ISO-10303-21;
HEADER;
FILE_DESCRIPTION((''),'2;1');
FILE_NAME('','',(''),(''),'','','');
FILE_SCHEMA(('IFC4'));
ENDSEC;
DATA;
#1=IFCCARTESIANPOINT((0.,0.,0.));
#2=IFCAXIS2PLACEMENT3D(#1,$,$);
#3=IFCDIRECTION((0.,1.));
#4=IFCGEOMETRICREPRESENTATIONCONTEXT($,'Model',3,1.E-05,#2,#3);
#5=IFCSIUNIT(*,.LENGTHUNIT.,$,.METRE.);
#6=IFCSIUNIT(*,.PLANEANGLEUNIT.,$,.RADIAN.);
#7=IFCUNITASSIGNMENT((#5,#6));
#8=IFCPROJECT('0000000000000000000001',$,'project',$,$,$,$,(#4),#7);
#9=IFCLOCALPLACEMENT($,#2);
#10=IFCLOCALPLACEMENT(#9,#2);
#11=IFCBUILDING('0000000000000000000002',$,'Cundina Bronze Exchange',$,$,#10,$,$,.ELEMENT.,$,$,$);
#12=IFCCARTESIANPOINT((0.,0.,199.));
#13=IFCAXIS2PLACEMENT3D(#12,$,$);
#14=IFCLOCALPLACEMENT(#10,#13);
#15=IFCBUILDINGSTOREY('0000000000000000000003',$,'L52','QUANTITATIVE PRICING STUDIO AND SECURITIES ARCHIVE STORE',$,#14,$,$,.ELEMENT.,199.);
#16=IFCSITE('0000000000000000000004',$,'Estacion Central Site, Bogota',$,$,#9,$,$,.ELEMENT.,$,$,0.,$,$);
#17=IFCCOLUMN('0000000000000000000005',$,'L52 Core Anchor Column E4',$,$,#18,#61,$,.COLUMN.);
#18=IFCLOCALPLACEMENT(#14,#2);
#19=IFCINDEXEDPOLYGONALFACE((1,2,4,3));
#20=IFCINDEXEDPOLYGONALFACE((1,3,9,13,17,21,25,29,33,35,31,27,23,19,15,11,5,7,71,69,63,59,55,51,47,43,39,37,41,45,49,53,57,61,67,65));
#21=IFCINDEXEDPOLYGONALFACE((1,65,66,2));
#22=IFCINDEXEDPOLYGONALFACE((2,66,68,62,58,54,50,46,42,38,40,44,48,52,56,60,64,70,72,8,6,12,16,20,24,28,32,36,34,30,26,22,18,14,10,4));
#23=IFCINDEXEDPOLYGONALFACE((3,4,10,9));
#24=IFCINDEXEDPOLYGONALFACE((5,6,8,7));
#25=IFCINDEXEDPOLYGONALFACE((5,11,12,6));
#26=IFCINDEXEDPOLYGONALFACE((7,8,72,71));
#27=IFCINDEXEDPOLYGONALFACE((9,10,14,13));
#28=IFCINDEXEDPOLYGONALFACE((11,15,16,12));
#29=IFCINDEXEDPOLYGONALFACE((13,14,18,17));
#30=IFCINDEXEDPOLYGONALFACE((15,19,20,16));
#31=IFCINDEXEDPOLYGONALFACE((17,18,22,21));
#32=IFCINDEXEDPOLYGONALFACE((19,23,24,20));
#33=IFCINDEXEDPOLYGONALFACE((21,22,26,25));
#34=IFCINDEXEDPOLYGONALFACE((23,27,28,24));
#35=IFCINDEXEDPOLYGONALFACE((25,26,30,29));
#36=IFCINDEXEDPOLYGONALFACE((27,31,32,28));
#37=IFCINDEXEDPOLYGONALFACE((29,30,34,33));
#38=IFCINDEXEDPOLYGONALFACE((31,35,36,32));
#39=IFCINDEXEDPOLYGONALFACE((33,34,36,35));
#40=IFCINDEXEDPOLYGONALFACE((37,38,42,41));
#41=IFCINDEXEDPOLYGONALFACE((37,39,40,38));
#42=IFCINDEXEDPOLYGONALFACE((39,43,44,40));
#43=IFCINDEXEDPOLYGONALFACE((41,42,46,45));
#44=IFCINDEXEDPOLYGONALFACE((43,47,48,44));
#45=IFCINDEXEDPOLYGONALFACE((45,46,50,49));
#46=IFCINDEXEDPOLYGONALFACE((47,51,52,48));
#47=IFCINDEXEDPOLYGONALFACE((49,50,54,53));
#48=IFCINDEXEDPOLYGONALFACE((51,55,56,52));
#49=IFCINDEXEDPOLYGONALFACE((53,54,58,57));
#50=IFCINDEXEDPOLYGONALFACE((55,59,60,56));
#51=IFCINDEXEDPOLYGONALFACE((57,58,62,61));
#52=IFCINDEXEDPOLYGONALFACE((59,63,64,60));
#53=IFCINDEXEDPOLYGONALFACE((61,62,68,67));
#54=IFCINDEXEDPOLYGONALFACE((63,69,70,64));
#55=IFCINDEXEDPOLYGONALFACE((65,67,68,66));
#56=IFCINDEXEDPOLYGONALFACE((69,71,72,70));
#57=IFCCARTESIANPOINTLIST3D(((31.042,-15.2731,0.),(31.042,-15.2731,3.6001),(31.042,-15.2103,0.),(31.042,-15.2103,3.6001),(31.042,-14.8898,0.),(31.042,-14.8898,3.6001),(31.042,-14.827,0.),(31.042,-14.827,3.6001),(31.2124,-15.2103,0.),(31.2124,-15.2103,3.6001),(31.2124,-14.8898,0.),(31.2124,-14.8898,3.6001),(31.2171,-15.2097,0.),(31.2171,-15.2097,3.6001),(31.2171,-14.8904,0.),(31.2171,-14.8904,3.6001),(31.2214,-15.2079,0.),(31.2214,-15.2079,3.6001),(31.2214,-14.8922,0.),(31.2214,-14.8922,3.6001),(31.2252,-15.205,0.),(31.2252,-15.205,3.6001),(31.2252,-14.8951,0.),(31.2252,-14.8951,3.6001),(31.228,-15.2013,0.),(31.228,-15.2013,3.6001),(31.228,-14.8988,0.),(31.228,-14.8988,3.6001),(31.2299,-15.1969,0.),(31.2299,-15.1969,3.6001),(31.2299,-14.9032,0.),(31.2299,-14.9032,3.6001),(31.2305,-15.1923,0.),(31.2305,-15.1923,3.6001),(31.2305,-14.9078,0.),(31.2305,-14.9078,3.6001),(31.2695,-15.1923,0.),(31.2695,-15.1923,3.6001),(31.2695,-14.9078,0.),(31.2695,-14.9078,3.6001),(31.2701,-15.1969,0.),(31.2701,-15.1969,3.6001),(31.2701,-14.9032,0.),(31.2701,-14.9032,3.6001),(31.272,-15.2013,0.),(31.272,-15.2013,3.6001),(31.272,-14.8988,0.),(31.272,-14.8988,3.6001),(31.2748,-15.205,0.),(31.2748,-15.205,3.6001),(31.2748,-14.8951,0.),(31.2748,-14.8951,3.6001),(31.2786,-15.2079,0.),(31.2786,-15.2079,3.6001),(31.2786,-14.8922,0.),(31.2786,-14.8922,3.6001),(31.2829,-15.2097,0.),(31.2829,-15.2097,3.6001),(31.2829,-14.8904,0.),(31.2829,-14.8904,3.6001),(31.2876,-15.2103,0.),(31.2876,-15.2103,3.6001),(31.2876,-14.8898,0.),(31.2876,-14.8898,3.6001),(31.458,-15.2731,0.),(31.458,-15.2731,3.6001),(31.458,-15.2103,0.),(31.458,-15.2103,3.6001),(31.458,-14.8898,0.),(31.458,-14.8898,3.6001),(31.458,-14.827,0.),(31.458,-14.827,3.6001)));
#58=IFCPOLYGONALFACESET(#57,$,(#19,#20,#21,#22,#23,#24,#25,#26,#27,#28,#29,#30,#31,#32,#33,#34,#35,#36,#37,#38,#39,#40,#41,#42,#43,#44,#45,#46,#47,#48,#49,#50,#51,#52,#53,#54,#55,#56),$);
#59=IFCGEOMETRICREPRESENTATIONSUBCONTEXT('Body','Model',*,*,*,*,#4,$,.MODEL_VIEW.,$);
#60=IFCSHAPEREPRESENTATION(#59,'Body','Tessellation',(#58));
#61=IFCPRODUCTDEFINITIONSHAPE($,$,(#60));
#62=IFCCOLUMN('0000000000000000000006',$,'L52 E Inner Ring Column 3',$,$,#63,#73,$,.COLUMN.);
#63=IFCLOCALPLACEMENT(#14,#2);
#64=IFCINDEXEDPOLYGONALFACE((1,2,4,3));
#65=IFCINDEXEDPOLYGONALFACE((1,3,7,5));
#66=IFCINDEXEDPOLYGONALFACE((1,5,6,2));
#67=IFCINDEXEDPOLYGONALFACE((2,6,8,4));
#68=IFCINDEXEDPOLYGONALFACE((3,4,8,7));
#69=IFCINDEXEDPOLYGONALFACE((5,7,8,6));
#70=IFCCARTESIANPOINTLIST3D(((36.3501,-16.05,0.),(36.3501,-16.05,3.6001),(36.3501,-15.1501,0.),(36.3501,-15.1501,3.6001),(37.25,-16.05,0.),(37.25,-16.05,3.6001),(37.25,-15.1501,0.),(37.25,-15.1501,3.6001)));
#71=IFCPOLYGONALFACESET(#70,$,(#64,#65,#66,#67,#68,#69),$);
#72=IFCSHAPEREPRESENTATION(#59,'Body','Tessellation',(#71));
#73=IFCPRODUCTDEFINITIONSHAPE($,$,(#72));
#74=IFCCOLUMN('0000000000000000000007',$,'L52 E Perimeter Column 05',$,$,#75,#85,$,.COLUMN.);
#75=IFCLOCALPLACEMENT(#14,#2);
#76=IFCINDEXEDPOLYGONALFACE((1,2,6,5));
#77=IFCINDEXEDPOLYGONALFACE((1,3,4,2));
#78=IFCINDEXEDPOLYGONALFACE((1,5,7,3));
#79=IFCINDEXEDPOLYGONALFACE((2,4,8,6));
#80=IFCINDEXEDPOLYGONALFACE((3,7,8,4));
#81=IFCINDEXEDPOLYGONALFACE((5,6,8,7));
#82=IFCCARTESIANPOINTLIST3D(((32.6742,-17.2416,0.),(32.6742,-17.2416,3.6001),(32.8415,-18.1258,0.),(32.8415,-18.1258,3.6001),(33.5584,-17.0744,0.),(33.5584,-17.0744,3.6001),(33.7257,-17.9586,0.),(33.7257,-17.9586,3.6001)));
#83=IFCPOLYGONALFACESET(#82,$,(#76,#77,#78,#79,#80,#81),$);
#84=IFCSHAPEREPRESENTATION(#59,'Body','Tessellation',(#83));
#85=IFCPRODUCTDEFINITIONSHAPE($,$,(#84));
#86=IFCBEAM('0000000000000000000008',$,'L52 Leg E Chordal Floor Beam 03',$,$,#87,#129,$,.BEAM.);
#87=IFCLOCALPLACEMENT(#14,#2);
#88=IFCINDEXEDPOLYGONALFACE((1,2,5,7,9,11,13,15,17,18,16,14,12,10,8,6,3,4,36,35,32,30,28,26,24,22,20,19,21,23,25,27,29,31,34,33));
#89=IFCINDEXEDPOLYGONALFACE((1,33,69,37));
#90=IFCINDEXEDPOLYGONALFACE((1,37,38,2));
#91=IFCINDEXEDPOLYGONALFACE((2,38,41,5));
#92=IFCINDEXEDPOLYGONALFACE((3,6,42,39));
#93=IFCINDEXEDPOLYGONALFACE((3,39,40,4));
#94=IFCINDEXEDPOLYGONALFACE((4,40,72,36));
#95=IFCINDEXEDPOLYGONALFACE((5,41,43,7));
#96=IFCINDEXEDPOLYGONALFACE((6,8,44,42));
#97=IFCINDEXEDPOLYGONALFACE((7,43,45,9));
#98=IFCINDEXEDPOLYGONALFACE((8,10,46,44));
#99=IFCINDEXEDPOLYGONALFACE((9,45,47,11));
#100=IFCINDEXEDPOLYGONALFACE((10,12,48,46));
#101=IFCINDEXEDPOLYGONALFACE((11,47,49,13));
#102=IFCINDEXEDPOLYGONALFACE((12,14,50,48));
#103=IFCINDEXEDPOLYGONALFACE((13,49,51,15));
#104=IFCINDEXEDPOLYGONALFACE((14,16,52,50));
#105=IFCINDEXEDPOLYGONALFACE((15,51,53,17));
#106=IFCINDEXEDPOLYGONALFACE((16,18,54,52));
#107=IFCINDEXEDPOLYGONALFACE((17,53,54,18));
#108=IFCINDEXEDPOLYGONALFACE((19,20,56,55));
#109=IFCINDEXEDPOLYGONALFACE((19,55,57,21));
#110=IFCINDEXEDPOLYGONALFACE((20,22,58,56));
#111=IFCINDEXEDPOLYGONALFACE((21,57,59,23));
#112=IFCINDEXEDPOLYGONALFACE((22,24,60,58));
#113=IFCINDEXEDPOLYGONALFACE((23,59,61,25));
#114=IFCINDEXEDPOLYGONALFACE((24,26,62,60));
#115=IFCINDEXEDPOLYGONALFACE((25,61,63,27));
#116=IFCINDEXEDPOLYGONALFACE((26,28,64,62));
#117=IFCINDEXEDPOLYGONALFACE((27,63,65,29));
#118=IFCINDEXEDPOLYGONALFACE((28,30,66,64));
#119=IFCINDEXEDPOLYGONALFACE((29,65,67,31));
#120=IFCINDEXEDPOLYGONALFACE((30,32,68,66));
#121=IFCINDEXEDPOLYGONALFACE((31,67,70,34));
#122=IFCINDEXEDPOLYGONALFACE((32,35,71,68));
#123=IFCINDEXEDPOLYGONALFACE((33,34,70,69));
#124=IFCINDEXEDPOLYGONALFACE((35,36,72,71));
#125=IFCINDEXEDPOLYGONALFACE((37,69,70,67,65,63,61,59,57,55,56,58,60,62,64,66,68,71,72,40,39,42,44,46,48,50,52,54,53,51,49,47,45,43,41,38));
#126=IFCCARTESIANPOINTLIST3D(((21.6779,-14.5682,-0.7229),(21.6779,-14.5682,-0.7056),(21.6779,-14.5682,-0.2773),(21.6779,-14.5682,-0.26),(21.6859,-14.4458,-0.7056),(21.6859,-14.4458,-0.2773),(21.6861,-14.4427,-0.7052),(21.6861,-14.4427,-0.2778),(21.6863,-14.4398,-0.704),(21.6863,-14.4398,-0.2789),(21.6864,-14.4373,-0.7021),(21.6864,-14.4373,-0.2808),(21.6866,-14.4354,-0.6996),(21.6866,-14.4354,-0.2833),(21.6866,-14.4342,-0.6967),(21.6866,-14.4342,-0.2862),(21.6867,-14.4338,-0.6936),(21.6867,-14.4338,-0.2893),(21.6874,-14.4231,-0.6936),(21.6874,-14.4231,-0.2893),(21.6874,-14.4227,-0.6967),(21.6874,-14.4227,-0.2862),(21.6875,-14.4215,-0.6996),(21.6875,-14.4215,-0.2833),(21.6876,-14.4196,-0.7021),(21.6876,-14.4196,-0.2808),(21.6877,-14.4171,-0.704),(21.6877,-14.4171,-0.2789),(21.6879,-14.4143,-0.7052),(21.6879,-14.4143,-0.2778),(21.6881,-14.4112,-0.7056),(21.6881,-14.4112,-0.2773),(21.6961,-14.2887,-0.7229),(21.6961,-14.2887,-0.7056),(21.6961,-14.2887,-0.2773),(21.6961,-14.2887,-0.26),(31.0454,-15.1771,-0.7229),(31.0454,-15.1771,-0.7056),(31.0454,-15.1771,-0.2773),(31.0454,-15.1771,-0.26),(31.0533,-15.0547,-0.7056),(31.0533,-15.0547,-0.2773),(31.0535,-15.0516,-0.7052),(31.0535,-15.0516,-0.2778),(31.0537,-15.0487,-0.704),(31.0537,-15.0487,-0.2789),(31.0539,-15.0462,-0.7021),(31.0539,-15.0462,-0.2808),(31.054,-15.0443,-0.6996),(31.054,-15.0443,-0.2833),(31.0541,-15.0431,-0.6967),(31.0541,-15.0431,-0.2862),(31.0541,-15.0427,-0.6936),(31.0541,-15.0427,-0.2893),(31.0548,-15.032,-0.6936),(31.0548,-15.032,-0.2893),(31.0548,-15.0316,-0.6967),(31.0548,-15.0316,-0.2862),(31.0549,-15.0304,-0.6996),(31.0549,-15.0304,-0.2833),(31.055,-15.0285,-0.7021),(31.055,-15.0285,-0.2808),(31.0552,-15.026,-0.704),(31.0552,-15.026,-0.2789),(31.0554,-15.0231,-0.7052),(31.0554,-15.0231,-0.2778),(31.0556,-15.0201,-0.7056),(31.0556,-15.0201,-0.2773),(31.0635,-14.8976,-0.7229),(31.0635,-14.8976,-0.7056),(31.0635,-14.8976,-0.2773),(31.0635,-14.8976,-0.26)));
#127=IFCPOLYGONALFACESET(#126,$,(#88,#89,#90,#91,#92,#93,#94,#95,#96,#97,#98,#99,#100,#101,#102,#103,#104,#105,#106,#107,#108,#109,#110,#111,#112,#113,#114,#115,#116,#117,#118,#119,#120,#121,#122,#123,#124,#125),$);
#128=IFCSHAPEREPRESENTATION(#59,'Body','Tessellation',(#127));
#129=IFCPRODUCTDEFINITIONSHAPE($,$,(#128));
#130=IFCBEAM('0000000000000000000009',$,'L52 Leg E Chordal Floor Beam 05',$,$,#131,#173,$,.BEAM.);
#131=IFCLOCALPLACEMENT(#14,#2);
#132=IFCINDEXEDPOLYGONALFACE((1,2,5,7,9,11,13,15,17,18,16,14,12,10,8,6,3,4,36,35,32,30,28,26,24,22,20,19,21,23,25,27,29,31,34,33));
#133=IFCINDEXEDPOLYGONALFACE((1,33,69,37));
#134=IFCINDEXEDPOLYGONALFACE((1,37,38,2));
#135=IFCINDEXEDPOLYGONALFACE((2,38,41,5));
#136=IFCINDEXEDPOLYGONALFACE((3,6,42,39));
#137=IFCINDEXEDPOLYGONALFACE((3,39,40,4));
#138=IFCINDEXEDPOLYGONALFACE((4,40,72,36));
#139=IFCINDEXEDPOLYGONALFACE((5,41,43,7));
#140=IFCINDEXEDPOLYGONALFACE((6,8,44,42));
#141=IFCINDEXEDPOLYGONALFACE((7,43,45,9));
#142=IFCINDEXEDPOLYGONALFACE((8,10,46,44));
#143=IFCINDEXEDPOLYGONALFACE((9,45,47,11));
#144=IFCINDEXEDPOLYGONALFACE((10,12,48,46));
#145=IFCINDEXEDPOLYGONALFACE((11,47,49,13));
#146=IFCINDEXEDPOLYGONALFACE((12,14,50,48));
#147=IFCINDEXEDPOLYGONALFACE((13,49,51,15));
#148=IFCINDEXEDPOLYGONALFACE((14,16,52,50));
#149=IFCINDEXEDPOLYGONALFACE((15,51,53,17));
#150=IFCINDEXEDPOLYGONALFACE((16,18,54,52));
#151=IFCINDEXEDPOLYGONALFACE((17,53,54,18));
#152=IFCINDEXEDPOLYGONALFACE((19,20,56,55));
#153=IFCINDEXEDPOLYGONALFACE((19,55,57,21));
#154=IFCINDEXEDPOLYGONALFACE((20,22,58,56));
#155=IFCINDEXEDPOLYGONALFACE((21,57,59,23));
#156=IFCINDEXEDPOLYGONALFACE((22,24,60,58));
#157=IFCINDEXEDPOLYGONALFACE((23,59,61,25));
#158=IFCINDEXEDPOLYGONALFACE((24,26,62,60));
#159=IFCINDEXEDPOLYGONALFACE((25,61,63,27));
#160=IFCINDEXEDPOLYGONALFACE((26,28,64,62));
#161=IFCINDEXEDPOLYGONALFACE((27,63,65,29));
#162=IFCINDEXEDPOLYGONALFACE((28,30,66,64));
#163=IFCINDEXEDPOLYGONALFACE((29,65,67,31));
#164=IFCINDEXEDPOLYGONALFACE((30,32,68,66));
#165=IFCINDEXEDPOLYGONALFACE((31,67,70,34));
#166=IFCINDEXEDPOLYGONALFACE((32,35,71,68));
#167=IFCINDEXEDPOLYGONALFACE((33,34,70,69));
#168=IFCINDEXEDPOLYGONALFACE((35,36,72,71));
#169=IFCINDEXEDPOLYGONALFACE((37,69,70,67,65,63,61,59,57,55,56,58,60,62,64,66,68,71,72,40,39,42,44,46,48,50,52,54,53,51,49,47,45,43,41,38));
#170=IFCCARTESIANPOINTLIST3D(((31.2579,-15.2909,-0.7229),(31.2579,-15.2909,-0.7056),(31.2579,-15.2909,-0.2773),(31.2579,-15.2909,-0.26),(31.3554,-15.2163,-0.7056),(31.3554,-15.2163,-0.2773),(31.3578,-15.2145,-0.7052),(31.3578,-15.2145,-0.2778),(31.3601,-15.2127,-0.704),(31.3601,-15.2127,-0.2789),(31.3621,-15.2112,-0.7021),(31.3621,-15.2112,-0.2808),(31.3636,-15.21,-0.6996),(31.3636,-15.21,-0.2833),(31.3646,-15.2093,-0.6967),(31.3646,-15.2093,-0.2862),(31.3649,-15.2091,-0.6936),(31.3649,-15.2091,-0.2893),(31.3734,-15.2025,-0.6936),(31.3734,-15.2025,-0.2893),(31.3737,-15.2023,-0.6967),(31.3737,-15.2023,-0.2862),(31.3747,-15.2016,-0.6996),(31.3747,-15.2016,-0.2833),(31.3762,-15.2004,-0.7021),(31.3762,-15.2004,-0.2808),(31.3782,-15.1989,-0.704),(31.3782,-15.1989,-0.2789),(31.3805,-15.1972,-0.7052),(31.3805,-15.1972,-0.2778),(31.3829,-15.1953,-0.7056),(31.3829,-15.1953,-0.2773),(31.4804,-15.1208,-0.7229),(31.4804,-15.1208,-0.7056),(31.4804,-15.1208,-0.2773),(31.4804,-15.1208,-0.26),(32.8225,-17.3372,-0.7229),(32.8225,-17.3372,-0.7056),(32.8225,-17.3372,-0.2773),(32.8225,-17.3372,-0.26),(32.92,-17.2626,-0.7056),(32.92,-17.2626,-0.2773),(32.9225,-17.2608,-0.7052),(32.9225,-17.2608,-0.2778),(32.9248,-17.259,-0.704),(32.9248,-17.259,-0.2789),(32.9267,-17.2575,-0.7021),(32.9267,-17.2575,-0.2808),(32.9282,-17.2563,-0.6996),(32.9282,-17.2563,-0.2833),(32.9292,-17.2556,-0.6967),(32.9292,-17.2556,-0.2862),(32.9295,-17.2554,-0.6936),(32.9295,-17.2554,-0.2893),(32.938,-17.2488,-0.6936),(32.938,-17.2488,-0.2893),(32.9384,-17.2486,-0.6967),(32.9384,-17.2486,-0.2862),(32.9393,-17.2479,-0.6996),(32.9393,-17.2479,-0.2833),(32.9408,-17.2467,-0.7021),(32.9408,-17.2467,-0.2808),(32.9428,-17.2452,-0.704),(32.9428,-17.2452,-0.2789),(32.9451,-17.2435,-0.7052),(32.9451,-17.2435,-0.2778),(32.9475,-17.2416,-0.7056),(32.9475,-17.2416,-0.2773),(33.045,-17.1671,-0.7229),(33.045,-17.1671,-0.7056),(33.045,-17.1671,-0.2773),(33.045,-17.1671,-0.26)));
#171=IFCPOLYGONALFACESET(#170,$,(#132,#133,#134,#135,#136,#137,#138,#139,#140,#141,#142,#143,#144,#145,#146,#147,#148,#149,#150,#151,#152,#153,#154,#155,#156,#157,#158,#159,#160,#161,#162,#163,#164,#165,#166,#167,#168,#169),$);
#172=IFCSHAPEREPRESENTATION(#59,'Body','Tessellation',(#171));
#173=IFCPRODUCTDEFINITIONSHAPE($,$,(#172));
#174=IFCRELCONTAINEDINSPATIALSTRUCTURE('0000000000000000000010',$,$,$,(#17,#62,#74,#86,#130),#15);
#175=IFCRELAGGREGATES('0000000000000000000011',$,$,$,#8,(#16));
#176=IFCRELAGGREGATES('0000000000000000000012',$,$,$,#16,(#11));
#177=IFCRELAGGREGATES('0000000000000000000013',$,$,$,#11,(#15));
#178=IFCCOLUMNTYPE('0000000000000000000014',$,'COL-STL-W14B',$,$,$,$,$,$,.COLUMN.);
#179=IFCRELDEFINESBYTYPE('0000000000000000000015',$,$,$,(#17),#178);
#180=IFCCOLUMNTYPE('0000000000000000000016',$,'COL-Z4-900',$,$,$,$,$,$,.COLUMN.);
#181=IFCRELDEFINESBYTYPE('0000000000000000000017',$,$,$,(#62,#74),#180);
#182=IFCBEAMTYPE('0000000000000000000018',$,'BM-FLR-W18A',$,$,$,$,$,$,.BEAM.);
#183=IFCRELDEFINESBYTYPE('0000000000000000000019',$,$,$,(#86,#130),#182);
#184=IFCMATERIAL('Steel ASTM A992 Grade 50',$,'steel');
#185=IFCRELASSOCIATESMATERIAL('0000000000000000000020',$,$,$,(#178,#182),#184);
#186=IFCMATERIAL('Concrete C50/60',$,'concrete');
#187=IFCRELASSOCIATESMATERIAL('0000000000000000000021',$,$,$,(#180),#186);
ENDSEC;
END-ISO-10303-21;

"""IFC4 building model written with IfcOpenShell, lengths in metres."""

from ifc_helpers import new_model, si_unit, direction, frame, origin, origin_2d, place, context, subcontext, project, spatial, rectangle, i_section, extrude, material, material_profile, profile_set, type_object, element, save


model = new_model("IFC4")

# Units and contexts
model_context = context("Model", 3, precision=1e-05, world=origin(), true_north=direction((0.0, 1.0)))
body_context = subcontext(model_context, "Body", "Model", "MODEL_VIEW")
ifc_project = project(units=[si_unit("LENGTHUNIT", "METRE"), si_unit("PLANEANGLEUNIT", "RADIAN")], contexts=[model_context])

# Site, building, storey
site_placement = place(None, origin())
site = spatial("IfcSite", under=ifc_project, at=site_placement, Name="Estacion Central Site, Bogota", CompositionType="ELEMENT", RefElevation=0.0)
building_placement = place(site_placement, origin())
building = spatial("IfcBuilding", under=site, at=building_placement, Name="Cundina Bronze Exchange", CompositionType="ELEMENT")
storey_placement = place(building_placement, frame((0.0, 0.0, 199.0)))
storey = spatial("IfcBuildingStorey", under=building, at=storey_placement, Name="L52", Description="QUANTITATIVE PRICING STUDIO AND SECURITIES ARCHIVE STORE", CompositionType="ELEMENT", Elevation=199.0)

# Columns
ifc_material_1 = material(Name="Steel ASTM A992 Grade 50", Category="steel")
ifc_material_profile_1 = material_profile(ifc_material_1, i_section(OverallWidth=0.416, OverallDepth=0.446, WebThickness=0.0391, FlangeThickness=0.0627, FilletRadius=0.0181, at=origin_2d()), Name="W14X342", Category="steel")
ifc_profile_set_1 = profile_set([ifc_material_profile_1], Name="Steel ASTM A992 Grade 50")
column_type_1 = type_object("IfcColumnType", Name="COL-STL-W14B", PredefinedType="COLUMN", material=ifc_profile_set_1)
column_placement = place(storey_placement, frame((31.25, -15.05, 0.0), z_axis=(0.0, 0.0, 1.0), x_axis=(1.0, 0.0, 0.0)))
element("IfcColumn", 1, at=column_placement, inside=storey, type_object=column_type_1, Name="L52 Core Anchor Column E4", PredefinedType="COLUMN", context=body_context, shape_type="SweptSolid", body=[
    extrude(i_section(OverallWidth=0.416, OverallDepth=0.446, WebThickness=0.0391, FlangeThickness=0.0627, FilletRadius=0.0181, at=origin_2d()), origin(), (0.0, 0.0, 1.0), 3.6001),
])
ifc_material_2 = material(Name="Concrete C50/60", Category="concrete")
ifc_material_profile_2 = material_profile(ifc_material_2, rectangle(XDim=0.8999, YDim=0.8999, at=origin_2d()), Name="RC900X900", Category="concrete")
ifc_profile_set_2 = profile_set([ifc_material_profile_2], Name="Concrete C50/60")
column_type_2 = type_object("IfcColumnType", Name="COL-Z4-900", PredefinedType="COLUMN", material=ifc_profile_set_2)
for number, where, z_axis, x_axis, name in (
    (2, (36.8, -15.6001, 0.0), (0.0, 0.0, 1.0), (1.0, 0.0, 0.0), "L52 E Inner Ring Column 3"),
    (3, (33.2, -17.6001, 0.0), (0.0, 0.0, 1.0), (0.98258, 0.185838, 0.0), "L52 E Perimeter Column 05"),
):
    element("IfcColumn", number, at=place(storey_placement, frame(where, z_axis=z_axis, x_axis=x_axis)), inside=storey, type_object=column_type_2, Name=name, PredefinedType="COLUMN", context=body_context, shape_type="SweptSolid", body=[
        extrude(rectangle(XDim=0.8999, YDim=0.8999, at=origin_2d()), origin(), (0.0, 0.0, 1.0), 3.6001),
    ])

# Beams
ifc_material_profile_3 = material_profile(ifc_material_1, i_section(OverallWidth=0.28, OverallDepth=0.4629, WebThickness=0.0107, FlangeThickness=0.0173, FilletRadius=0.012, at=origin_2d()), Name="W18X76", Category="steel")
ifc_profile_set_3 = profile_set([ifc_material_profile_3], Name="Steel ASTM A992 Grade 50")
beam_type_1 = type_object("IfcBeamType", Name="BM-FLR-W18A", PredefinedType="BEAM", material=ifc_profile_set_3)
beam_1_placement = place(storey_placement, frame((31.0544, -15.0374, -0.4915), z_axis=(-0.997894, 0.064864, 0.0), x_axis=(-0.064864, -0.997894, 0.0)))
element("IfcBeam", 4, at=beam_1_placement, inside=storey, type_object=beam_type_1, Name="L52 Leg E Chordal Floor Beam 03", PredefinedType="BEAM", context=body_context, shape_type="SweptSolid", body=[
    extrude(i_section(OverallWidth=0.28, OverallDepth=0.4629, WebThickness=0.0107, FlangeThickness=0.0173, FilletRadius=0.012, at=origin_2d()), origin(), (0.0, 0.0, 1.0), 9.3872),
])
beam_2_placement = place(storey_placement, frame((31.3691, -15.2058, -0.4915), z_axis=(0.607404, -0.794393, 0.0), x_axis=(0.794393, 0.607404, 0.0)))
element("IfcBeam", 5, at=beam_2_placement, inside=storey, type_object=beam_type_1, Name="L52 Leg E Chordal Floor Beam 05", PredefinedType="BEAM", context=body_context, shape_type="SweptSolid", body=[
    extrude(i_section(OverallWidth=0.28, OverallDepth=0.4629, WebThickness=0.0107, FlangeThickness=0.0173, FilletRadius=0.012, at=origin_2d()), origin(), (0.0, 0.0, 1.0), 2.5759),
])

save(model, "model.ifc")
